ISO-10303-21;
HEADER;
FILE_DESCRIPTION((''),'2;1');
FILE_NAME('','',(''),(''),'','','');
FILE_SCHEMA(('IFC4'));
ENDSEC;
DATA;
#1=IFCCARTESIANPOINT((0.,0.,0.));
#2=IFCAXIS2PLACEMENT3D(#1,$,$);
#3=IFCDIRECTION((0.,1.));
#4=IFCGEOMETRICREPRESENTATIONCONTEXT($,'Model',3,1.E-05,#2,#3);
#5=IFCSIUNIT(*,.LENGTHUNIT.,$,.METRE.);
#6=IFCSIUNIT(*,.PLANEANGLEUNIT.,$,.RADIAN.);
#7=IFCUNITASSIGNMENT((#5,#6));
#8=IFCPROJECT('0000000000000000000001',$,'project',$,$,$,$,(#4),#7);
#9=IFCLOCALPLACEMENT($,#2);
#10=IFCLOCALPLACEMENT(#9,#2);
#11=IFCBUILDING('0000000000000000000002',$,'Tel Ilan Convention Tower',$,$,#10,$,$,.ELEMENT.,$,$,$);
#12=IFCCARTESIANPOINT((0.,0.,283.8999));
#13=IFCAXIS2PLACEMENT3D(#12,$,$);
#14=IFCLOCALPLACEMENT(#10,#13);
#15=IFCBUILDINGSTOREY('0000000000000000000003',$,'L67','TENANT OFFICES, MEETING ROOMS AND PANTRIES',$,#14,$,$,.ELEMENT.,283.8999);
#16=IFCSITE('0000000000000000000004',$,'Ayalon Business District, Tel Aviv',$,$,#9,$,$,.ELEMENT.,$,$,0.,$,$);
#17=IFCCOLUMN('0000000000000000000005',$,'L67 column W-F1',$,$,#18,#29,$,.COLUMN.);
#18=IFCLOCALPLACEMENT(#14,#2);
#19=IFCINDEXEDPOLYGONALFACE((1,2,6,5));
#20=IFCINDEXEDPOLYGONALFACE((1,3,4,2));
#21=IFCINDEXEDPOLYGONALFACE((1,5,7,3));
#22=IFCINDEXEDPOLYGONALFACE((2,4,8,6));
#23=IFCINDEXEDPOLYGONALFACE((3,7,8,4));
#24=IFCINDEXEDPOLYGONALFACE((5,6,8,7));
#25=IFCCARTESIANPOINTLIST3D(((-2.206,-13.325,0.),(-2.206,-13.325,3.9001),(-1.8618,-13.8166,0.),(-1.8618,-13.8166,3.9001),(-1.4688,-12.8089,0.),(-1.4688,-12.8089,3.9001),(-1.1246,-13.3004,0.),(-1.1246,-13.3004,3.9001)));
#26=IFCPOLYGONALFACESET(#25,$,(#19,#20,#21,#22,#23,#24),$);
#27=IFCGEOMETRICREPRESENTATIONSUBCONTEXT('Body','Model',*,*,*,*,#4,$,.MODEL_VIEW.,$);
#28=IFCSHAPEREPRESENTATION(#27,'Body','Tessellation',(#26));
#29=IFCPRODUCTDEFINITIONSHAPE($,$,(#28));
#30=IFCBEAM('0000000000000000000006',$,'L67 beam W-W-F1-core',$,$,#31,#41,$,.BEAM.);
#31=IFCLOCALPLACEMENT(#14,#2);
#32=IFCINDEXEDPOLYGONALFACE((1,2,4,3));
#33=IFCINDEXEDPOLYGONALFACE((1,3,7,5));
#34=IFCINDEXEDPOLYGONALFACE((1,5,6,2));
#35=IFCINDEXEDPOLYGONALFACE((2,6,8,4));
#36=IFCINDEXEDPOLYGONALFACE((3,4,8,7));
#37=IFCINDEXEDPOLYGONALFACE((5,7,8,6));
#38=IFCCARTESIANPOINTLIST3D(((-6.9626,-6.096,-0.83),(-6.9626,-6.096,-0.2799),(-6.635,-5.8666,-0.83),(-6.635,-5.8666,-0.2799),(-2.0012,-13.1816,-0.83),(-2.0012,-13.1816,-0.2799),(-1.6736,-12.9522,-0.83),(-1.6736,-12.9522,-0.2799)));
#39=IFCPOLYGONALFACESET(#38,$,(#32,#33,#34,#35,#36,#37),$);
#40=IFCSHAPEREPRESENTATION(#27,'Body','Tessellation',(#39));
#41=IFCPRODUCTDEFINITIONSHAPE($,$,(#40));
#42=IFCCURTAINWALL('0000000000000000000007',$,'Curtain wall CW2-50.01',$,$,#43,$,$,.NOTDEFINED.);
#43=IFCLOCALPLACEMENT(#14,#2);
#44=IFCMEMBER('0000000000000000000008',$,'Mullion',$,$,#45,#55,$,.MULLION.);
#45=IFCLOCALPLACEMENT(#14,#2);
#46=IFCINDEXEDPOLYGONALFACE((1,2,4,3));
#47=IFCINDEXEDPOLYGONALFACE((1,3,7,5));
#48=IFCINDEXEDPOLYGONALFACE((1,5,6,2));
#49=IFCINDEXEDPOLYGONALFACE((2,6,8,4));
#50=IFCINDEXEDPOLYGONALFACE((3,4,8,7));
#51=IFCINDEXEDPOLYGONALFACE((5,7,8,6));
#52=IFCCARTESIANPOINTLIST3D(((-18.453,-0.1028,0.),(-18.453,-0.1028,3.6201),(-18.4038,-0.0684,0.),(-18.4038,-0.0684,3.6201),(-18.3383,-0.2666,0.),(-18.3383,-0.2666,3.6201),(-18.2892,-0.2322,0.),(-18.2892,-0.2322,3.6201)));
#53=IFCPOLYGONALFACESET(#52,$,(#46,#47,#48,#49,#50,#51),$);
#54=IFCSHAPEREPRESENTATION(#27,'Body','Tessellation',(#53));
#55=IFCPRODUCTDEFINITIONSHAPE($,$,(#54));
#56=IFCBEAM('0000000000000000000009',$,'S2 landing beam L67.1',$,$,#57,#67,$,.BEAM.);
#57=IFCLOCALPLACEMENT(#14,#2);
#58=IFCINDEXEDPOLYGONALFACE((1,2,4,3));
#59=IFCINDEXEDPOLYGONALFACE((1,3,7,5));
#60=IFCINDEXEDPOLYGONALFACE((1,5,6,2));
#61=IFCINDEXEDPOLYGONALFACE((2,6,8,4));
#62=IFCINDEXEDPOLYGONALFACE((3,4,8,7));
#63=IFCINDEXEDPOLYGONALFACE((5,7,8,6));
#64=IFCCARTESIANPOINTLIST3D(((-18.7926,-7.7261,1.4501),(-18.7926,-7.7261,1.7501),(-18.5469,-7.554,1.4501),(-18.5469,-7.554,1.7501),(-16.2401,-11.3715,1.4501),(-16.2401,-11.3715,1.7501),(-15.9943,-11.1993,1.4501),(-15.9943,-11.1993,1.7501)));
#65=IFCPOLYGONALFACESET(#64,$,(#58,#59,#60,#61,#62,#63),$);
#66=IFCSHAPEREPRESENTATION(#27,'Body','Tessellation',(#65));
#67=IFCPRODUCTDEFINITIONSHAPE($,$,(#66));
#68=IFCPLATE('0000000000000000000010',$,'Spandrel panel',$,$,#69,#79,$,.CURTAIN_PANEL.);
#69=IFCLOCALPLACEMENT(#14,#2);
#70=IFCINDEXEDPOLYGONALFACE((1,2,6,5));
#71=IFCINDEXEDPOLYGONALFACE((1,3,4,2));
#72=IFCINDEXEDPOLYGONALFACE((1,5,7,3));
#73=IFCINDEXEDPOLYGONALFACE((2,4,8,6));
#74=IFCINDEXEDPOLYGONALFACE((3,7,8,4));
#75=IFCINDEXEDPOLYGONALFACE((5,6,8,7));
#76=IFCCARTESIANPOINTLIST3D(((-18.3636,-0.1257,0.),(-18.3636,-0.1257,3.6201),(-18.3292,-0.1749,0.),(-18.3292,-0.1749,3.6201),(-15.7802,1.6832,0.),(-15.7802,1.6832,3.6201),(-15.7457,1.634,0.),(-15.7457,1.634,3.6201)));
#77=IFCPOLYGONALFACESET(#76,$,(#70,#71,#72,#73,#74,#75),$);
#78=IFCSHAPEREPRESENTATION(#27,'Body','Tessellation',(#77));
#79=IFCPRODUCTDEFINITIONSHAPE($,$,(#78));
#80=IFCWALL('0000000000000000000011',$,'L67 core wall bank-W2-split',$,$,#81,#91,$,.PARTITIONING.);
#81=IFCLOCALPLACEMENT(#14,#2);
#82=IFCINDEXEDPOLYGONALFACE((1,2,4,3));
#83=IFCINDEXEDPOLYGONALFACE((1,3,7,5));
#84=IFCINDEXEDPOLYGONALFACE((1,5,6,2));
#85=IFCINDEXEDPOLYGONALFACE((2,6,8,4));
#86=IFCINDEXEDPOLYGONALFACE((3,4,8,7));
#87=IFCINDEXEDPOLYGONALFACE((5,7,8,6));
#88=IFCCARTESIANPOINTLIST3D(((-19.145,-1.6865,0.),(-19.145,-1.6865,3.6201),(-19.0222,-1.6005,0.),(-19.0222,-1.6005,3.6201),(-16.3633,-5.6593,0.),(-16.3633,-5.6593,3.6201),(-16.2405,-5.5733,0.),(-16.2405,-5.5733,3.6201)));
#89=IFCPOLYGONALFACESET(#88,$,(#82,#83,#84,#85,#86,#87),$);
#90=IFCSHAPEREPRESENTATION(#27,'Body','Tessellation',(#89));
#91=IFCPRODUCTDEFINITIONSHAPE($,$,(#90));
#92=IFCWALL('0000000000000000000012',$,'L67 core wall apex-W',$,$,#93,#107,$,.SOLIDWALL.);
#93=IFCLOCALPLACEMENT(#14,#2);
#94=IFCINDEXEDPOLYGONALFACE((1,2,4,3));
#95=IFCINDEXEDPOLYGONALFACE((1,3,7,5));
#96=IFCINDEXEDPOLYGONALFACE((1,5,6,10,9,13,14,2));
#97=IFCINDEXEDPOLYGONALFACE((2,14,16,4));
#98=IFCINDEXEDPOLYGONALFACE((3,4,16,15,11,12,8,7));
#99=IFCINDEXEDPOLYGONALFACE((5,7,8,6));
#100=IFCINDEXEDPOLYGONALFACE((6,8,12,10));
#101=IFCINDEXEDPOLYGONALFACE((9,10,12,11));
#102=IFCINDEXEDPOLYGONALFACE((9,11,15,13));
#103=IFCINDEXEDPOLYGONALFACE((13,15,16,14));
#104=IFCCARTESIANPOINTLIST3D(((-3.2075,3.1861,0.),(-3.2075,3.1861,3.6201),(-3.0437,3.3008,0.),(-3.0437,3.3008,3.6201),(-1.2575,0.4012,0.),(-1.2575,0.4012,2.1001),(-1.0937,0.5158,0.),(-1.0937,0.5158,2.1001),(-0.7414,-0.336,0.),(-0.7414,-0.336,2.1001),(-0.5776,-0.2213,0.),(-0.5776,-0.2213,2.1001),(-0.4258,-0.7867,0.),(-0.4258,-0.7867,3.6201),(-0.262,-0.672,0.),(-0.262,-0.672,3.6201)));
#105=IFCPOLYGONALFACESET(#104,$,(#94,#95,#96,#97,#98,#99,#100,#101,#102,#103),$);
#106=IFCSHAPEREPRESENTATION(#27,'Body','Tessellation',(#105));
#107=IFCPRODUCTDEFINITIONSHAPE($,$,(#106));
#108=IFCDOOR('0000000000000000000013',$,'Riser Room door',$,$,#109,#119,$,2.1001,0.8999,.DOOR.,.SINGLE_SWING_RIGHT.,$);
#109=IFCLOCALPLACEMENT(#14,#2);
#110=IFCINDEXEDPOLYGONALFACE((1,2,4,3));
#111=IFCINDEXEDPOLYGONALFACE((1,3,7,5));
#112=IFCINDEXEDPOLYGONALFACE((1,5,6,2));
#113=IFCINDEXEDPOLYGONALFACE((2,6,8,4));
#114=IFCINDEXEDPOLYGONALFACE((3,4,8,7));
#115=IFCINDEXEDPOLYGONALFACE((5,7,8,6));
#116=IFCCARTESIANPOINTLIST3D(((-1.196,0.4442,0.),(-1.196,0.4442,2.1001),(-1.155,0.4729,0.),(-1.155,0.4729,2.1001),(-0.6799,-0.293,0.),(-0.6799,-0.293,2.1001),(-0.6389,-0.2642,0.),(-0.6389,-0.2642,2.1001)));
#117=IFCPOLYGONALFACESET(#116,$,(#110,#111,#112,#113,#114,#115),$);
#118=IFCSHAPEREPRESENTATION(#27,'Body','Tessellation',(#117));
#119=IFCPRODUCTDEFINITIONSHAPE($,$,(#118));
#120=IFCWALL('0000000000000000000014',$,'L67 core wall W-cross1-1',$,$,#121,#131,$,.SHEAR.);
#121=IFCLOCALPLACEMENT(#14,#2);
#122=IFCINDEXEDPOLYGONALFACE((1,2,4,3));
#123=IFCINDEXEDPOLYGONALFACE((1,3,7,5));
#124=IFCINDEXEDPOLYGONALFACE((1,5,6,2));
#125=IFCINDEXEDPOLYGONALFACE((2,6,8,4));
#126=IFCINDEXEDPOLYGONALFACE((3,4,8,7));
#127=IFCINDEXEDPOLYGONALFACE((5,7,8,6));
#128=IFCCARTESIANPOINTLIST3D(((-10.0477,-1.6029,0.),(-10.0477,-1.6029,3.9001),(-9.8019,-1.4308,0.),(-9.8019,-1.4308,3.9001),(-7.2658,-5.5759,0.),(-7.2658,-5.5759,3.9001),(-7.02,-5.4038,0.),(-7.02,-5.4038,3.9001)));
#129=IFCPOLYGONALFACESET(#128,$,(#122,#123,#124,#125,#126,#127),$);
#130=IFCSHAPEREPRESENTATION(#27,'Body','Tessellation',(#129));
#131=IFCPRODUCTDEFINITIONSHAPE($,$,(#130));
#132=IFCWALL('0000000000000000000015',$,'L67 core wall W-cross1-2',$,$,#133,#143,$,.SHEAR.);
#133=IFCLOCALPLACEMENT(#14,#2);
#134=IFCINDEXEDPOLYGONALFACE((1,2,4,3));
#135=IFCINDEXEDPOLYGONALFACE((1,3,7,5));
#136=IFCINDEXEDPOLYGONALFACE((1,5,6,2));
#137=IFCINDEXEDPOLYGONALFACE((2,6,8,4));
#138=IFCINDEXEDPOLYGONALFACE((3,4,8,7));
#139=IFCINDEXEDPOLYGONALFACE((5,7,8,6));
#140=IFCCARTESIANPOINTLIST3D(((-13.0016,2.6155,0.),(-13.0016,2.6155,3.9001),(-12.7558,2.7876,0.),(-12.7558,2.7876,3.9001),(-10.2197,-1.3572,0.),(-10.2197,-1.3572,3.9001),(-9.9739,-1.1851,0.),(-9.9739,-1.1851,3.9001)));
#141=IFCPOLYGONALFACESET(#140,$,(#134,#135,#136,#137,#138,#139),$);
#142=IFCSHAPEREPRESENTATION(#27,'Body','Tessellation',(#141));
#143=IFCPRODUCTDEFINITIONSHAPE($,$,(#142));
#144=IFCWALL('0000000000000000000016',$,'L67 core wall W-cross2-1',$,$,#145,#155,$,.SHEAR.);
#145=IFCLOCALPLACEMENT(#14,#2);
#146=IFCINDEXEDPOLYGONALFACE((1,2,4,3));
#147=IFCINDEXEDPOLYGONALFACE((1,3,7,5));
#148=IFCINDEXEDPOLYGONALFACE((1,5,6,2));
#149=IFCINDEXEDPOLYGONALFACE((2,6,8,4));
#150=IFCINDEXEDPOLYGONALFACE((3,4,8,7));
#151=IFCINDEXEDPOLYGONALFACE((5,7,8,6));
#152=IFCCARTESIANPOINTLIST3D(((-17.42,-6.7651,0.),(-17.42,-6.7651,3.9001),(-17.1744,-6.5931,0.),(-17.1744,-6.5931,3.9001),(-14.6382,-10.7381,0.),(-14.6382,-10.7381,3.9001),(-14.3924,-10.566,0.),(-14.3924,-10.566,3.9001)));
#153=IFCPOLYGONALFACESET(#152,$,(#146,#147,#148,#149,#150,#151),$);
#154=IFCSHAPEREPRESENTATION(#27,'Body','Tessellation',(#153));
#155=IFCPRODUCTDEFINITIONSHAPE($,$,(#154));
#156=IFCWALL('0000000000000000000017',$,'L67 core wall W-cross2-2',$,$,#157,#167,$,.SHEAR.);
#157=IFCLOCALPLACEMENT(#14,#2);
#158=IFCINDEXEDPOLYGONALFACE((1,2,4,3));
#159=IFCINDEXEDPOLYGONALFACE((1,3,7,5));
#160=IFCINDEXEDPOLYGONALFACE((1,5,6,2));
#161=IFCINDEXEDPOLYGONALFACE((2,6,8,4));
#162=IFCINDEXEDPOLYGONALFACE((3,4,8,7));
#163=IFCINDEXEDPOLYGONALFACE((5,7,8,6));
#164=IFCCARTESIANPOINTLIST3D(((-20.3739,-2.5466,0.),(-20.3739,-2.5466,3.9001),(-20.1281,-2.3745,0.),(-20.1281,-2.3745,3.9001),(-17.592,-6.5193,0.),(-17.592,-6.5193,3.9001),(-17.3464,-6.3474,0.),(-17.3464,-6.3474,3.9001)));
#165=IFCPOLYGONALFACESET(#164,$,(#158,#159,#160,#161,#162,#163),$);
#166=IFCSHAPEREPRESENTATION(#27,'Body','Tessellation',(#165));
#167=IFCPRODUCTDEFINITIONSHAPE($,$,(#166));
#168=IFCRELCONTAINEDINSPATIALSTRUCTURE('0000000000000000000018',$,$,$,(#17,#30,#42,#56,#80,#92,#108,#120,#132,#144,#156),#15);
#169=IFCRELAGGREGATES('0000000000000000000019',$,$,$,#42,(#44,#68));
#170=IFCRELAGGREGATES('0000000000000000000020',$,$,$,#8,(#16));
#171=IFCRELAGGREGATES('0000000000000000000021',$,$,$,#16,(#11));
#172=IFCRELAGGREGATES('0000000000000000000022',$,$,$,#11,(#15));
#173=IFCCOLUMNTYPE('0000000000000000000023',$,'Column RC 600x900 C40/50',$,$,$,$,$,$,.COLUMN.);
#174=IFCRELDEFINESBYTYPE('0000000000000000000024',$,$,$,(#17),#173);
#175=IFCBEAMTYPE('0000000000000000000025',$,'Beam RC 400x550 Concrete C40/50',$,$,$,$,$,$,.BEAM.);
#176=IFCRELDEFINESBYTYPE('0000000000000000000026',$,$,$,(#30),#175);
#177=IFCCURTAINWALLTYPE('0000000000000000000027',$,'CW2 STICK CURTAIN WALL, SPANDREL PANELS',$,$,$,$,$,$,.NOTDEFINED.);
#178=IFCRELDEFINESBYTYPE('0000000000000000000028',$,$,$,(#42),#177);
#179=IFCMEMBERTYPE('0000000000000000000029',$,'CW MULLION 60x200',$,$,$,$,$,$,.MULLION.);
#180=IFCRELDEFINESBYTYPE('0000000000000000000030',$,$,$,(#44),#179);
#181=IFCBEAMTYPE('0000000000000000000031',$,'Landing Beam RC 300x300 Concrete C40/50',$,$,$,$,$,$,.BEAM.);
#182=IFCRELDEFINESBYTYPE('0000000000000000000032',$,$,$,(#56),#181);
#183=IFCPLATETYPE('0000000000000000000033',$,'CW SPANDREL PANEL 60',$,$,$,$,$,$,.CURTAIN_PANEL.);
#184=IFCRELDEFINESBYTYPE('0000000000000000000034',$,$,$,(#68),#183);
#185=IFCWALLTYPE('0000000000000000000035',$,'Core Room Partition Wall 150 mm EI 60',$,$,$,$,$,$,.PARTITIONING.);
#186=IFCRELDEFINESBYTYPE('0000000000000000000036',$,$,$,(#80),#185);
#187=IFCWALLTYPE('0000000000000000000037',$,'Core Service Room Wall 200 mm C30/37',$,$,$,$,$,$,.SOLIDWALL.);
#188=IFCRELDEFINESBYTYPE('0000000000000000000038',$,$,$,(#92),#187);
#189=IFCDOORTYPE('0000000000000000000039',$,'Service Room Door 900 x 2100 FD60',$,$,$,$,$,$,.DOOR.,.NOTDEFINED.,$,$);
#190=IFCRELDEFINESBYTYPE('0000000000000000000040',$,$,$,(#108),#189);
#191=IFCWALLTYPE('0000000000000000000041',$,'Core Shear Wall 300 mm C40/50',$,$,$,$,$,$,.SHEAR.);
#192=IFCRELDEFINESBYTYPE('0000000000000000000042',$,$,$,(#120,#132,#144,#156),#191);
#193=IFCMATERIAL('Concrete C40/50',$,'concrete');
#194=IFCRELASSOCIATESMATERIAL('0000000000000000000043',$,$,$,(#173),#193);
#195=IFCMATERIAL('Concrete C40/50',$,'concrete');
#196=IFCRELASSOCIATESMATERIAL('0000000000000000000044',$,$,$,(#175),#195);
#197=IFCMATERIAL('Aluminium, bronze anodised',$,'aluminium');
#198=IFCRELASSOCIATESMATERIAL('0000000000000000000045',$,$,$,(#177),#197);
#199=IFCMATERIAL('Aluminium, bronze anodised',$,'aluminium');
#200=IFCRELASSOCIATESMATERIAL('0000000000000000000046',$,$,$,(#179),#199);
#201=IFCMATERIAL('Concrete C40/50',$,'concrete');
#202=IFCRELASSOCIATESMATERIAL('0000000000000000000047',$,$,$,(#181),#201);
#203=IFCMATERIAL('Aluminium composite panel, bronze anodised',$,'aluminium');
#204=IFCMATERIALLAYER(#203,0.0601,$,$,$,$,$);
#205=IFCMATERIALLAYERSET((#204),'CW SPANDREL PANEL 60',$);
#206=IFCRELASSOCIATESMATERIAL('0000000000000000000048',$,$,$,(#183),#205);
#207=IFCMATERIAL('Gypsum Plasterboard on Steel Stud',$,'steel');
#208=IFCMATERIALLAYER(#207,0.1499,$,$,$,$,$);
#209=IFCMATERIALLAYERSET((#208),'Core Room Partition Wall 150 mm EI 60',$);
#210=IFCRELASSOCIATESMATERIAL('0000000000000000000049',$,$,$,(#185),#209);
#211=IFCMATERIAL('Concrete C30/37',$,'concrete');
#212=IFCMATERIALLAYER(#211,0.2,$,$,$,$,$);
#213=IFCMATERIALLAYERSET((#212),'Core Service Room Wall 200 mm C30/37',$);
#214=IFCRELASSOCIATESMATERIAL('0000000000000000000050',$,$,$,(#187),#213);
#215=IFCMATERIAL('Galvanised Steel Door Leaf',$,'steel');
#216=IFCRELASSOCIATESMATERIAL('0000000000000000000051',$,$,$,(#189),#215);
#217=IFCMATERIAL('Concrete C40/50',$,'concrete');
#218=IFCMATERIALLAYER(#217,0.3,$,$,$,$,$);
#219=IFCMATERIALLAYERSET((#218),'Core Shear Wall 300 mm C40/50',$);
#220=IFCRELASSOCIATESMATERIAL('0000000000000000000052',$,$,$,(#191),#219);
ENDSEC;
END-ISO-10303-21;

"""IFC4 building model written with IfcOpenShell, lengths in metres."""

from ifc_helpers import new_model, si_unit, direction, frame, frame_2d, origin, origin_2d, place, context, subcontext, project, spatial, polyline, rectangle, outline, extrude, material, layer, layer_set, material_profile, profile_set, type_object, element, fill, aggregate, save


model = new_model("IFC4")

# Units and contexts
model_context = context("Model", 3, precision=1e-05, world=origin(), true_north=direction((0.0, 1.0)))
body_context = subcontext(model_context, "Body", "Model", "MODEL_VIEW")
ifc_project = project(units=[si_unit("LENGTHUNIT", "METRE"), si_unit("PLANEANGLEUNIT", "RADIAN")], contexts=[model_context])

# Site, building, storey
site_placement = place(None, origin())
site = spatial("IfcSite", under=ifc_project, at=site_placement, Name="Ayalon Business District, Tel Aviv", CompositionType="ELEMENT", RefElevation=0.0)
building_placement = place(site_placement, origin())
building = spatial("IfcBuilding", under=site, at=building_placement, Name="Tel Ilan Convention Tower", CompositionType="ELEMENT")
storey_placement = place(building_placement, frame((0.0, 0.0, 283.8999)))
storey = spatial("IfcBuildingStorey", under=building, at=storey_placement, Name="L67", Description="TENANT OFFICES, MEETING ROOMS AND PANTRIES", CompositionType="ELEMENT", Elevation=283.8999)

# Column
ifc_material_1 = material(Name="Concrete C40/50", Category="concrete")
ifc_material_profile_1 = material_profile(ifc_material_1, rectangle(XDim=0.8999, YDim=0.6001, at=origin_2d()), Name="RC 600x900")
ifc_profile_set_1 = profile_set([ifc_material_profile_1], Name="Concrete C40/50")
column_type = type_object("IfcColumnType", Name="Column RC 600x900 C40/50", PredefinedType="COLUMN", material=ifc_profile_set_1)
column_placement = place(storey_placement, frame((-1.6653, -13.3127, 0.0), z_axis=(0.0, 0.0, 1.0), x_axis=(-0.819152, -0.573576, 0.0)))
element("IfcColumn", 1, at=column_placement, inside=storey, type_object=column_type, Name="L67 column W-F1", PredefinedType="COLUMN", context=body_context, shape_type="SweptSolid", body=[
    extrude(rectangle(XDim=0.8999, YDim=0.6001, at=origin_2d()), origin(), (0.0, 0.0, 1.0), 3.9001),
])

# Beam
ifc_material_2 = material(Name="Concrete C40/50", Category="concrete")
ifc_material_profile_2 = material_profile(ifc_material_2, rectangle(XDim=0.3999, YDim=0.55, at=origin_2d()), Name="RC 400x550")
ifc_profile_set_2 = profile_set([ifc_material_profile_2], Name="Concrete C40/50")
beam_type_1 = type_object("IfcBeamType", Name="Beam RC 400x550 Concrete C40/50", PredefinedType="BEAM", material=ifc_profile_set_2)
beam_1_placement = place(storey_placement, frame((-1.8374, -13.0669, -0.5549), z_axis=(-0.573574, 0.819154, 0.0), x_axis=(-0.819154, -0.573574, 0.0)))
element("IfcBeam", 2, at=beam_1_placement, inside=storey, type_object=beam_type_1, Name="L67 beam W-W-F1-core", PredefinedType="BEAM", context=body_context, shape_type="SweptSolid", body=[
    extrude(rectangle(XDim=0.3999, YDim=0.55, at=origin_2d()), origin(), (0.0, 0.0, 1.0), 8.6499),
])

# Curtain wall, member
ifc_material_3 = material(Name="Aluminium, bronze anodised", Category="aluminium")
curtain_wall_type = type_object("IfcCurtainWallType", Name="CW2 STICK CURTAIN WALL, SPANDREL PANELS", PredefinedType="NOTDEFINED", material=ifc_material_3)
curtain_wall_placement = place(storey_placement, origin())
curtain_wall = element("IfcCurtainWall", 3, at=curtain_wall_placement, inside=storey, type_object=curtain_wall_type, Name="Curtain wall CW2-50.01", PredefinedType="NOTDEFINED")
ifc_material_4 = material(Name="Aluminium, bronze anodised", Category="aluminium")
ifc_material_profile_3 = material_profile(ifc_material_4, rectangle(XDim=0.0601, YDim=0.2, at=origin_2d()), Name="CW MULLION 60x200")
ifc_profile_set_3 = profile_set([ifc_material_profile_3], Name="Aluminium, bronze anodised")
member_type = type_object("IfcMemberType", Name="CW MULLION 60x200", PredefinedType="MULLION", material=ifc_profile_set_3)
member_placement = place(storey_placement, frame((-18.3711, -0.1675, 0.0), z_axis=(0.0, 0.0, 1.0), x_axis=(-0.819152, -0.573576, 0.0)))
member = element("IfcMember", 4, at=member_placement, type_object=member_type, Name="Mullion", PredefinedType="MULLION", context=body_context, shape_type="SweptSolid", body=[
    extrude(rectangle(XDim=0.0601, YDim=0.2, at=origin_2d()), origin(), (0.0, 0.0, 1.0), 3.6201),
])

# Beam
ifc_material_5 = material(Name="Concrete C40/50", Category="concrete")
ifc_material_profile_4 = material_profile(ifc_material_5, rectangle(XDim=0.3, YDim=0.3, at=origin_2d()), Name="RC 300x300")
ifc_profile_set_4 = profile_set([ifc_material_profile_4], Name="Concrete C40/50")
beam_type_2 = type_object("IfcBeamType", Name="Landing Beam RC 300x300 Concrete C40/50", PredefinedType="BEAM", material=ifc_profile_set_4)
beam_2_placement = place(storey_placement, frame((-16.1172, -11.2854, 1.6001), z_axis=(-0.573584, 0.819147, 0.0), x_axis=(-0.819147, -0.573584, 0.0)))
element("IfcBeam", 5, at=beam_2_placement, inside=storey, type_object=beam_type_2, Name="S2 landing beam L67.1", PredefinedType="BEAM", context=body_context, shape_type="SweptSolid", body=[
    extrude(rectangle(XDim=0.3, YDim=0.3, at=origin_2d()), origin(), (0.0, 0.0, 1.0), 4.4502),
])

# Plate
ifc_material_6 = material(Name="Aluminium composite panel, bronze anodised", Category="aluminium")
ifc_layer_1 = layer(ifc_material_6, 0.0601)
ifc_layer_set_1 = layer_set([ifc_layer_1], Name="CW SPANDREL PANEL 60")
plate_type = type_object("IfcPlateType", Name="CW SPANDREL PANEL 60", PredefinedType="CURTAIN_PANEL", material=ifc_layer_set_1)
plate_placement = place(storey_placement, frame((-17.0547, 0.7542, 0.0), z_axis=(0.0, 0.0, 1.0), x_axis=(-0.819152, -0.573576, 0.0)))
plate = element("IfcPlate", 6, at=plate_placement, type_object=plate_type, Name="Spandrel panel", PredefinedType="CURTAIN_PANEL", context=body_context, shape_type="SweptSolid", body=[
    extrude(rectangle(XDim=3.1538, YDim=0.0601, at=origin_2d()), origin(), (0.0, 0.0, 1.0), 3.6201),
])
aggregate(curtain_wall, [member, plate])

# Wall
ifc_material_7 = material(Name="Gypsum Plasterboard on Steel Stud", Category="steel")
ifc_layer_2 = layer(ifc_material_7, 0.1499)
ifc_layer_set_2 = layer_set([ifc_layer_2], Name="Core Room Partition Wall 150 mm EI 60")
wall_type_1 = type_object("IfcWallType", Name="Core Room Partition Wall 150 mm EI 60", PredefinedType="PARTITIONING", material=ifc_layer_set_2)
wall_1_placement = place(storey_placement, frame((-16.302, -5.6162, 0.0), z_axis=(0.0, 0.0, 1.0), x_axis=(-0.57356, 0.819163, 0.0)))
element("IfcWall", 7, at=wall_1_placement, inside=storey, type_object=wall_type_1, Name="L67 core wall bank-W2-split", PredefinedType="PARTITIONING", context=body_context, shape_type="SweptSolid", body=[
    extrude(rectangle(XDim=4.8499, YDim=0.1499, at=frame_2d((2.4248, 0.0))), origin(), (0.0, 0.0, 1.0), 3.6201),
])

# Wall, opening, door
ifc_material_8 = material(Name="Concrete C30/37", Category="concrete")
ifc_layer_3 = layer(ifc_material_8, 0.2)
ifc_layer_set_3 = layer_set([ifc_layer_3], Name="Core Service Room Wall 200 mm C30/37")
wall_type_2 = type_object("IfcWallType", Name="Core Service Room Wall 200 mm C30/37", PredefinedType="SOLIDWALL", material=ifc_layer_set_3)
wall_2_placement = place(storey_placement, frame((-0.344, -0.7292, 0.0), z_axis=(0.0, 0.0, 1.0), x_axis=(-0.57356, 0.819163, 0.0)))
wall_2 = element("IfcWall", 8, at=wall_2_placement, inside=storey, type_object=wall_type_2, Name="L67 core wall apex-W", PredefinedType="SOLIDWALL", context=body_context, shape_type="SweptSolid", body=[
    extrude(rectangle(XDim=4.8499, YDim=0.2, at=frame_2d((2.4248, 0.0))), origin(), (0.0, 0.0, 1.0), 3.6201),
])
opening_1_placement = place(wall_2_placement, frame((0.55, 0.0, 0.0)))
opening_1 = element("IfcOpeningElement", 9, at=opening_1_placement, cuts=wall_2, PredefinedType="OPENING", context=body_context, shape_type="SweptSolid", body=[
    extrude(rectangle(XDim=0.8999, YDim=2.1001, at=frame_2d((0.45, 1.05))), frame((0.0, 0.1099, 0.0), z_axis=(0.0, -1.0, 0.0), x_axis=(1.0, 0.0, 0.0)), (0.0, 0.0, 1.0), 0.22),
])
ifc_material_9 = material(Name="Galvanised Steel Door Leaf", Category="steel")
door_type_1 = type_object("IfcDoorType", Name="Service Room Door 900 x 2100 FD60", OperationType="NOTDEFINED", PredefinedType="DOOR", material=ifc_material_9)
door_1_placement = place(opening_1_placement, origin())
door_1 = element("IfcDoor", 10, at=door_1_placement, inside=storey, type_object=door_type_1, Name="Riser Room door", OperationType="SINGLE_SWING_RIGHT", OverallHeight=2.1001, OverallWidth=0.8999, PredefinedType="DOOR", context=body_context, shape_type="SweptSolid", body=[
    extrude(rectangle(XDim=0.8999, YDim=2.1001, at=frame_2d((0.45, 1.05))), frame((0.0, 0.0249, 0.0), z_axis=(0.0, -1.0, 0.0), x_axis=(1.0, 0.0, 0.0)), (0.0, 0.0, 1.0), 0.05),
])
fill(opening_1, door_1)

# Walls
ifc_material_10 = material(Name="Concrete C40/50", Category="concrete")
ifc_layer_4 = layer(ifc_material_10, 0.3)
ifc_layer_set_4 = layer_set([ifc_layer_4], Name="Core Shear Wall 300 mm C40/50")
wall_type_3 = type_object("IfcWallType", Name="Core Shear Wall 300 mm C40/50", PredefinedType="SHEAR", material=ifc_layer_set_4)
wall_3_placement = place(storey_placement, frame((-7.1428, -5.4897, 0.0), z_axis=(0.0, 0.0, 1.0), x_axis=(-0.573618, 0.819123, 0.0)))
element("IfcWall", 11, at=wall_3_placement, inside=storey, type_object=wall_type_3, Name="L67 core wall W-cross1-1", PredefinedType="SHEAR", context=body_context, shape_type="SweptSolid", body=[
    extrude(outline(polyline([(4.8501, 0.1499), (0.0, 0.1501), (0.0, -0.1499), (4.8501, -0.1501), (4.8501, 0.1499)])), origin(), (0.0, 0.0, 1.0), 3.9001),
])
wall_4_placement = place(storey_placement, frame((-10.0969, -1.2712, 0.0), z_axis=(0.0, 0.0, 1.0), x_axis=(-0.57356, 0.819163, 0.0)))
element("IfcWall", 12, at=wall_4_placement, inside=storey, type_object=wall_type_3, Name="L67 core wall W-cross1-2", PredefinedType="SHEAR", context=body_context, shape_type="SweptSolid", body=[
    extrude(outline(polyline([(4.8499, -0.1499), (4.8499, 0.1501), (0.0, 0.1499), (0.0, -0.1501), (4.8499, -0.1499)])), origin(), (0.0, 0.0, 1.0), 3.9001),
])
wall_5_placement = place(storey_placement, frame((-14.5154, -10.6521, 0.0), z_axis=(0.0, 0.0, 1.0), x_axis=(-0.57356, 0.819163, 0.0)))
element("IfcWall", 13, at=wall_5_placement, inside=storey, type_object=wall_type_3, Name="L67 core wall W-cross2-1", PredefinedType="SHEAR", context=body_context, shape_type="SweptSolid", body=[
    extrude(outline(polyline([(4.8501, 0.1499), (0.0, 0.1499), (0.0, -0.1501), (4.8501, -0.1499), (4.8501, 0.1499)])), origin(), (0.0, 0.0, 1.0), 3.9001),
])
wall_6_placement = place(storey_placement, frame((-17.4692, -6.4333, 0.0), z_axis=(0.0, 0.0, 1.0), x_axis=(-0.573594, 0.81914, 0.0)))
element("IfcWall", 14, at=wall_6_placement, inside=storey, type_object=wall_type_3, Name="L67 core wall W-cross2-2", PredefinedType="SHEAR", context=body_context, shape_type="SweptSolid", body=[
    extrude(outline(polyline([(4.8499, -0.1501), (4.8499, 0.1499), (0.0, 0.1499), (0.0, -0.1499), (4.8499, -0.1501)])), origin(), (0.0, 0.0, 1.0), 3.9001),
])

save(model, "model.ifc")
